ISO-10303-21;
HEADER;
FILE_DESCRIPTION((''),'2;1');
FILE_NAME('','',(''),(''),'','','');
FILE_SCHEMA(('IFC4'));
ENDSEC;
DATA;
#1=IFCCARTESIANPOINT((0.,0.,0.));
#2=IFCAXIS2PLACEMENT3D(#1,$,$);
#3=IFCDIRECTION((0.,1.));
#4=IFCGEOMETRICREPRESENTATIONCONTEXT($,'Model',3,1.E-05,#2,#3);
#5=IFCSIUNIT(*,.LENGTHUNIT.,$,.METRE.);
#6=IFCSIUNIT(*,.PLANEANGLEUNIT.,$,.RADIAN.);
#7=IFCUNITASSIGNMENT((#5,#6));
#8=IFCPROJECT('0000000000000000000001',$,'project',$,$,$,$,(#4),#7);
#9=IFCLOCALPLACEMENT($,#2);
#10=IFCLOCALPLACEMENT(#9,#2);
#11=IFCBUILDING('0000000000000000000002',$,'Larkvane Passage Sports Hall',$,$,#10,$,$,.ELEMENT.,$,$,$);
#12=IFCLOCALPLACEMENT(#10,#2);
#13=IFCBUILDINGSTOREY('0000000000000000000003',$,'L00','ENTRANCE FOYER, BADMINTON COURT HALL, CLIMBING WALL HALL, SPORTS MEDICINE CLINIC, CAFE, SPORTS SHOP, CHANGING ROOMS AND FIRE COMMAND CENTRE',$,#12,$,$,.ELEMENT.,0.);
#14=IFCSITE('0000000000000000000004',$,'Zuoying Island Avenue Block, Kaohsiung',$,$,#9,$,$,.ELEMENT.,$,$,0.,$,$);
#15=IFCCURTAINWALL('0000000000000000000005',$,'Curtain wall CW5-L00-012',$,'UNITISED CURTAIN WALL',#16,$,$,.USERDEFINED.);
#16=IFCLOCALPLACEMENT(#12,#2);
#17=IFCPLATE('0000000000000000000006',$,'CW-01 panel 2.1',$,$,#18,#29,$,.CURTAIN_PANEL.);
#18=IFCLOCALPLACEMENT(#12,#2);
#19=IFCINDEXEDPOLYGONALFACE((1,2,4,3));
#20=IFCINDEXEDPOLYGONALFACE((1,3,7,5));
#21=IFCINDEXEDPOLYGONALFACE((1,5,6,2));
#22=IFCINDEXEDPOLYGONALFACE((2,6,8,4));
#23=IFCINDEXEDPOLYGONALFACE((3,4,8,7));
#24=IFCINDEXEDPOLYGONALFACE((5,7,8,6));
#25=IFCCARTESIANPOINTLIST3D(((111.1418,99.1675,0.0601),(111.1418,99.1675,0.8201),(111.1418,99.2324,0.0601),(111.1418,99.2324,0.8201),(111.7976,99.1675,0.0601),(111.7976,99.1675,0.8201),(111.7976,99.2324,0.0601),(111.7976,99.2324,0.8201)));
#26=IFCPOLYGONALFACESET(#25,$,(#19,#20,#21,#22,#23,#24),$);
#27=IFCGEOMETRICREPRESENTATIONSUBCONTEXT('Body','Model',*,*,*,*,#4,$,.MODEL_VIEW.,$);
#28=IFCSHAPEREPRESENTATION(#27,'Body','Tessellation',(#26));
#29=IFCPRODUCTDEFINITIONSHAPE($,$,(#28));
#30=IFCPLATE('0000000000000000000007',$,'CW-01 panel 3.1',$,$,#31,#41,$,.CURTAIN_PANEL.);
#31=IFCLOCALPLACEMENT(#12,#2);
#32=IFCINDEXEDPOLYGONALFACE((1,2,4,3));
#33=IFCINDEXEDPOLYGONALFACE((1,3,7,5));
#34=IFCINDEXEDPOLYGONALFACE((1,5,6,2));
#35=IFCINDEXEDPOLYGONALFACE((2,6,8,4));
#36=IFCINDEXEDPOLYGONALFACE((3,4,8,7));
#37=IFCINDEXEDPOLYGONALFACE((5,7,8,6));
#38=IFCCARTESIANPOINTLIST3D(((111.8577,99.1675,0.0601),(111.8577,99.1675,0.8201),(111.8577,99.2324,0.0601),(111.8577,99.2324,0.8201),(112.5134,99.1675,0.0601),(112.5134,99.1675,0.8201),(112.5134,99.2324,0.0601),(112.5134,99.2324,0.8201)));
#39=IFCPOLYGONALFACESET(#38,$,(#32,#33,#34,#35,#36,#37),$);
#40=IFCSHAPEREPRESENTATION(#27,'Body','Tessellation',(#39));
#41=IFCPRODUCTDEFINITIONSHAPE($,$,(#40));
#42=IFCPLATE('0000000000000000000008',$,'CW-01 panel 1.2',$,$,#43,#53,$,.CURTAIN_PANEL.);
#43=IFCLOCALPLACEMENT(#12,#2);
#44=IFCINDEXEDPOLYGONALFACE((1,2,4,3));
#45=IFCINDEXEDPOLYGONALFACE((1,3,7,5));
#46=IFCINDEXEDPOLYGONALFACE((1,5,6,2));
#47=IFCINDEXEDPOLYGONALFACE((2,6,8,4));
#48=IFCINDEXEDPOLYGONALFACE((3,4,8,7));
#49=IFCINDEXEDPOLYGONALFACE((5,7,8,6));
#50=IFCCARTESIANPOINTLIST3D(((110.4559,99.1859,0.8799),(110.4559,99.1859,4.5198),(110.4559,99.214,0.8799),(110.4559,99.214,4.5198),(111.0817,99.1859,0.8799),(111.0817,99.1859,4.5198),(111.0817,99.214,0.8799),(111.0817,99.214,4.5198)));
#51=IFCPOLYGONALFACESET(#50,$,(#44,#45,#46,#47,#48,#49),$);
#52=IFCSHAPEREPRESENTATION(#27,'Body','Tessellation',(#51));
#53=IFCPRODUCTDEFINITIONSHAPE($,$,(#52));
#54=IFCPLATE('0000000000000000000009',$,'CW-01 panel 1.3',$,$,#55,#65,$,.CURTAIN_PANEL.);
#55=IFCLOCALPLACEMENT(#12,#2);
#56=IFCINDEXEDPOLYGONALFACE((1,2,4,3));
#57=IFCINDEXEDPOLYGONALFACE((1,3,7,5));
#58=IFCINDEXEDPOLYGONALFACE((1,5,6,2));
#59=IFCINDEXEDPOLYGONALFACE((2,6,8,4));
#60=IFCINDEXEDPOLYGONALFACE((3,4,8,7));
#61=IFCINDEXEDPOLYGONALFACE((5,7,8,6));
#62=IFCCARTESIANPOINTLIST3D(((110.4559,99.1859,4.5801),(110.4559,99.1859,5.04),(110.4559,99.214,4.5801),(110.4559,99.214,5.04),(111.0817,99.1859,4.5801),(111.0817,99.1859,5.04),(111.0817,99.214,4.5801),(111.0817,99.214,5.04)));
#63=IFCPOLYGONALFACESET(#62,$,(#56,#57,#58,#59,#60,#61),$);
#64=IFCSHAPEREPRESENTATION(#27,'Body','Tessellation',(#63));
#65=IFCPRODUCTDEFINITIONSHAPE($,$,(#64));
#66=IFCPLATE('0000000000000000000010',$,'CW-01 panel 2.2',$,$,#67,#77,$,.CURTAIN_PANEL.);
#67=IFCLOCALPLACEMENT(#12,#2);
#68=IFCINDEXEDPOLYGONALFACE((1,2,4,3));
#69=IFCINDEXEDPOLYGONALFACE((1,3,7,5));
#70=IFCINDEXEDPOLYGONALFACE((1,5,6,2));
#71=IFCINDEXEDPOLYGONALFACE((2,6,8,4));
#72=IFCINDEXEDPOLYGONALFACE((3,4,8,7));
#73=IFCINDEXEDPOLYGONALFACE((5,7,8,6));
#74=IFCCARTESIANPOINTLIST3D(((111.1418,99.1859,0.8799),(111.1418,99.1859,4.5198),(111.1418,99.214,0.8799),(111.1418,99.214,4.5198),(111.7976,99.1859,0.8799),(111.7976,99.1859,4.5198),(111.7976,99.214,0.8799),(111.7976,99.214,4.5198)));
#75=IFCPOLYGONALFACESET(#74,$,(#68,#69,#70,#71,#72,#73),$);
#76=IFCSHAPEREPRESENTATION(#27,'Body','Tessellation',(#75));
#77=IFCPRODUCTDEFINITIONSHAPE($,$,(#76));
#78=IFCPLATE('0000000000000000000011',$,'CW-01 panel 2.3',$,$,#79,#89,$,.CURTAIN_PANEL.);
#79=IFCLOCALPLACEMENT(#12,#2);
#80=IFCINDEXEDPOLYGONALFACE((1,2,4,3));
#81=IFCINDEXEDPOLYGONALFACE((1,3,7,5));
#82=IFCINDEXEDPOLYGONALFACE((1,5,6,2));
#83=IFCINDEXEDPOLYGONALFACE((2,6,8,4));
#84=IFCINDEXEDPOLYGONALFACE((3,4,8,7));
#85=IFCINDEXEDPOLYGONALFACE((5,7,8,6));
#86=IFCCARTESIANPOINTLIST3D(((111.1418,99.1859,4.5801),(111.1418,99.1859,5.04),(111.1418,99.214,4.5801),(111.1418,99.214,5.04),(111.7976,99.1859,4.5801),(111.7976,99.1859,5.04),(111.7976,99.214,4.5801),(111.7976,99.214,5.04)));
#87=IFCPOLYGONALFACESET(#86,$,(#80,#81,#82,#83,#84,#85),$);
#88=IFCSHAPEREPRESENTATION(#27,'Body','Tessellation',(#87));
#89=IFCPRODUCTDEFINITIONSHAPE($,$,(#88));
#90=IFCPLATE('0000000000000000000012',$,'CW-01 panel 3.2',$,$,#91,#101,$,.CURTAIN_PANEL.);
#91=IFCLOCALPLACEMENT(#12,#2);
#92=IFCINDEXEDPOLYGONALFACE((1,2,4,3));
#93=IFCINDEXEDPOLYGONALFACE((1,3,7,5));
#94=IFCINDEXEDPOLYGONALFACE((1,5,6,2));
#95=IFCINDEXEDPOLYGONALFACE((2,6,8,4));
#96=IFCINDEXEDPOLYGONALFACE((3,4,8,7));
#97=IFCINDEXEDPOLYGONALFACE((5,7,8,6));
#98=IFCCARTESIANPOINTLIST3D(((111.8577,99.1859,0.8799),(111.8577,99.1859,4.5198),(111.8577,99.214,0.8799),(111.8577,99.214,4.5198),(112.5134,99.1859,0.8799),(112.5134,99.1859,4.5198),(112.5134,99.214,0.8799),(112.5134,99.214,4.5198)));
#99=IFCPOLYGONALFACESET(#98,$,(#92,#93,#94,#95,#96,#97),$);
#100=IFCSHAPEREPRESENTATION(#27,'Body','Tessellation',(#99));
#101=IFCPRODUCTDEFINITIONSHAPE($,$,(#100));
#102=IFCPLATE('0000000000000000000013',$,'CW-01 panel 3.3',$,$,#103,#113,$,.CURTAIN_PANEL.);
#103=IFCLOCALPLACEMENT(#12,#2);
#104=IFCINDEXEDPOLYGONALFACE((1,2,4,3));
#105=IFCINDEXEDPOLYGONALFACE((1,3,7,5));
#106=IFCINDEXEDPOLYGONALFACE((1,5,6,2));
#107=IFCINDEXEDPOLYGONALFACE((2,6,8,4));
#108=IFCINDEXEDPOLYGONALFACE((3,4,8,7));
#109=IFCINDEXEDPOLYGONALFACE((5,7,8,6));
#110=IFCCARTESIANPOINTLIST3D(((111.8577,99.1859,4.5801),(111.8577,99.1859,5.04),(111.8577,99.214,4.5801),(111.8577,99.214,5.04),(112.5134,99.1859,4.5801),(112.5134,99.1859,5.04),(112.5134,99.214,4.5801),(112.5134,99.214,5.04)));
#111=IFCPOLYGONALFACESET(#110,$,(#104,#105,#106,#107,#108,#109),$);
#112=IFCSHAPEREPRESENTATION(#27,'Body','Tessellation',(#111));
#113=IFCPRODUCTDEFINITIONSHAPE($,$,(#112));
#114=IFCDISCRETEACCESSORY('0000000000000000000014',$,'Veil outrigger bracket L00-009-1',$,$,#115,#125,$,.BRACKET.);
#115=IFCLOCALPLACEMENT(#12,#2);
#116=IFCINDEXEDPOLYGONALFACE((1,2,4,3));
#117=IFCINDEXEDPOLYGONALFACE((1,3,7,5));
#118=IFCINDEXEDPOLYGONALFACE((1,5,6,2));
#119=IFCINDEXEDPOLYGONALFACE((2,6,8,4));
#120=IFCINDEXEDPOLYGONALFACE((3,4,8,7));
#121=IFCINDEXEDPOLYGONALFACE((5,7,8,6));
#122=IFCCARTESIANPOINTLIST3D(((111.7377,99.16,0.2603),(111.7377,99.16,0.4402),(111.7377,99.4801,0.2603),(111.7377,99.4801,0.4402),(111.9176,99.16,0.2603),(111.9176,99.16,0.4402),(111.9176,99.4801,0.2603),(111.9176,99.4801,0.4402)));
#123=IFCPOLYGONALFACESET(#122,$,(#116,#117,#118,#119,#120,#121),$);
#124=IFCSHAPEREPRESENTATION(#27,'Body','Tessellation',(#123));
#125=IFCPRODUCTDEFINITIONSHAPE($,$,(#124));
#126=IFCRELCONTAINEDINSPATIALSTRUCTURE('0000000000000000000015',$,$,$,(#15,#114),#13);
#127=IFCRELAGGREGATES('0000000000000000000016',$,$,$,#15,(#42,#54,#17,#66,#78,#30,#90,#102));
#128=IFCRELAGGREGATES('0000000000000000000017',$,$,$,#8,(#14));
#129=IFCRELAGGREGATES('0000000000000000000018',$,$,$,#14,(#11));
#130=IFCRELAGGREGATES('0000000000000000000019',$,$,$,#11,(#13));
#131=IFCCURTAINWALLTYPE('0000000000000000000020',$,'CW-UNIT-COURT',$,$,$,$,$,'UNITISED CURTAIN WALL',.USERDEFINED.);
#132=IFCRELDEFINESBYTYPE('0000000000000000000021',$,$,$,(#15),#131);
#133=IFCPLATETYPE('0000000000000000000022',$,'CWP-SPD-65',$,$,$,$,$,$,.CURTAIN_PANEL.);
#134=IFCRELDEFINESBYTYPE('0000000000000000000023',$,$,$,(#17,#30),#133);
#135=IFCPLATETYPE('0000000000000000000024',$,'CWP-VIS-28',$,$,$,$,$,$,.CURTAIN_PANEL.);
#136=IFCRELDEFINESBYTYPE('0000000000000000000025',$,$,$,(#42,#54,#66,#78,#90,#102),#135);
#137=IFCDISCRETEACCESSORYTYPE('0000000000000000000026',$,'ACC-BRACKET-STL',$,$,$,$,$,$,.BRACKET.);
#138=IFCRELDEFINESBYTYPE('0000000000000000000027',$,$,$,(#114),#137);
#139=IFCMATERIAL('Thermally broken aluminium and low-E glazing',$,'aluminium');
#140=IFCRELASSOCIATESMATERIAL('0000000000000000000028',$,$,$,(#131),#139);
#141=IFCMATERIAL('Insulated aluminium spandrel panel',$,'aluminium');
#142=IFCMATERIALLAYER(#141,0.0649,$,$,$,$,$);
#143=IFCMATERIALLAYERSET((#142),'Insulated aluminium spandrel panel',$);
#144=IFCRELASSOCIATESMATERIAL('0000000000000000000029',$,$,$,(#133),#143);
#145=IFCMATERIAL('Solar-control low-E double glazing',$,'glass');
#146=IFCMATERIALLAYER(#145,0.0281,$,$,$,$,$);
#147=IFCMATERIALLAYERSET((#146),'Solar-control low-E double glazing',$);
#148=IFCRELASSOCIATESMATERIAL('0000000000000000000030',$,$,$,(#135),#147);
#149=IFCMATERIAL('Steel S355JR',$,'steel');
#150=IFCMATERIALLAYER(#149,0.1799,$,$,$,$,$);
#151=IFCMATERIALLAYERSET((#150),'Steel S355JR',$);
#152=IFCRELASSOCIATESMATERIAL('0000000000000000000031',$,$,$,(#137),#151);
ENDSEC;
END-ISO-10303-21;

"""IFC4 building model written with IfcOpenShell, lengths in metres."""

from ifc_helpers import new_model, si_unit, direction, frame, origin, origin_2d, place, context, subcontext, project, spatial, rectangle, extrude, material, layer, layer_set, type_object, element, aggregate, save


model = new_model("IFC4")

# Units and contexts
model_context = context("Model", 3, precision=1e-05, world=origin(), true_north=direction((0.0, 1.0)))
body_context = subcontext(model_context, "Body", "Model", "MODEL_VIEW")
ifc_project = project(units=[si_unit("LENGTHUNIT", "METRE"), si_unit("PLANEANGLEUNIT", "RADIAN")], contexts=[model_context])

# Site, building, storey
site_placement = place(None, origin())
site = spatial("IfcSite", under=ifc_project, at=site_placement, Name="Zuoying Island Avenue Block, Kaohsiung", CompositionType="ELEMENT", RefElevation=0.0)
building_placement = place(site_placement, origin())
building = spatial("IfcBuilding", under=site, at=building_placement, Name="Larkvane Passage Sports Hall", CompositionType="ELEMENT")
storey_placement = place(building_placement, origin())
storey = spatial("IfcBuildingStorey", under=building, at=storey_placement, Name="L00", Description="ENTRANCE FOYER, BADMINTON COURT HALL, CLIMBING WALL HALL, SPORTS MEDICINE CLINIC, CAFE, SPORTS SHOP, CHANGING ROOMS AND FIRE COMMAND CENTRE", CompositionType="ELEMENT", Elevation=0.0)

# Curtain wall, plates
ifc_material_1 = material(Name="Thermally broken aluminium and low-E glazing", Category="aluminium")
curtain_wall_type = type_object("IfcCurtainWallType", Name="CW-UNIT-COURT", ElementType="UNITISED CURTAIN WALL", PredefinedType="USERDEFINED", material=ifc_material_1)
curtain_wall_placement = place(storey_placement, origin())
curtain_wall = element("IfcCurtainWall", 1, at=curtain_wall_placement, inside=storey, type_object=curtain_wall_type, Name="Curtain wall CW5-L00-012", ObjectType="UNITISED CURTAIN WALL", PredefinedType="USERDEFINED")
ifc_material_2 = material(Name="Insulated aluminium spandrel panel", Category="aluminium")
ifc_layer_1 = layer(ifc_material_2, 0.0649)
ifc_layer_set_1 = layer_set([ifc_layer_1], Name="Insulated aluminium spandrel panel")
plate_type_1 = type_object("IfcPlateType", Name="CWP-SPD-65", PredefinedType="CURTAIN_PANEL", material=ifc_layer_set_1)
plate_1_placement = place(storey_placement, frame((111.4697, 99.2, 0.0601), z_axis=(0.0, 0.0, 1.0), x_axis=(1.0, 0.0, 0.0)))
plate_1 = element("IfcPlate", 2, at=plate_1_placement, type_object=plate_type_1, Name="CW-01 panel 2.1", PredefinedType="CURTAIN_PANEL", context=body_context, shape_type="SweptSolid", body=[
    extrude(rectangle(XDim=0.6558, YDim=0.0649, at=origin_2d()), origin(), (0.0, 0.0, 1.0), 0.76),
])
plate_2_placement = place(storey_placement, frame((112.1855, 99.2, 0.0601), z_axis=(0.0, 0.0, 1.0), x_axis=(1.0, 0.0, 0.0)))
plate_2 = element("IfcPlate", 3, at=plate_2_placement, type_object=plate_type_1, Name="CW-01 panel 3.1", PredefinedType="CURTAIN_PANEL", context=body_context, shape_type="SweptSolid", body=[
    extrude(rectangle(XDim=0.6558, YDim=0.0649, at=origin_2d()), origin(), (0.0, 0.0, 1.0), 0.76),
])
ifc_material_3 = material(Name="Solar-control low-E double glazing", Category="glass")
ifc_layer_2 = layer(ifc_material_3, 0.0281)
ifc_layer_set_2 = layer_set([ifc_layer_2], Name="Solar-control low-E double glazing")
plate_type_2 = type_object("IfcPlateType", Name="CWP-VIS-28", PredefinedType="CURTAIN_PANEL", material=ifc_layer_set_2)
plate_3_placement = place(storey_placement, frame((110.7688, 99.2, 0.8799), z_axis=(0.0, 0.0, 1.0), x_axis=(1.0, 0.0, 0.0)))
plate_3 = element("IfcPlate", 4, at=plate_3_placement, type_object=plate_type_2, Name="CW-01 panel 1.2", PredefinedType="CURTAIN_PANEL", context=body_context, shape_type="SweptSolid", body=[
    extrude(rectangle(XDim=0.6257, YDim=0.0281, at=origin_2d()), origin(), (0.0, 0.0, 1.0), 3.6399),
])
plate_4_placement = place(storey_placement, frame((110.7688, 99.2, 4.5801), z_axis=(0.0, 0.0, 1.0), x_axis=(1.0, 0.0, 0.0)))
plate_4 = element("IfcPlate", 5, at=plate_4_placement, type_object=plate_type_2, Name="CW-01 panel 1.3", PredefinedType="CURTAIN_PANEL", context=body_context, shape_type="SweptSolid", body=[
    extrude(rectangle(XDim=0.6257, YDim=0.0281, at=origin_2d()), origin(), (0.0, 0.0, 1.0), 0.46),
])
plate_5_placement = place(storey_placement, frame((111.4697, 99.2, 0.8799), z_axis=(0.0, 0.0, 1.0), x_axis=(1.0, 0.0, 0.0)))
plate_5 = element("IfcPlate", 6, at=plate_5_placement, type_object=plate_type_2, Name="CW-01 panel 2.2", PredefinedType="CURTAIN_PANEL", context=body_context, shape_type="SweptSolid", body=[
    extrude(rectangle(XDim=0.6558, YDim=0.0281, at=origin_2d()), origin(), (0.0, 0.0, 1.0), 3.6399),
])
plate_6_placement = place(storey_placement, frame((111.4697, 99.2, 4.5801), z_axis=(0.0, 0.0, 1.0), x_axis=(1.0, 0.0, 0.0)))
plate_6 = element("IfcPlate", 7, at=plate_6_placement, type_object=plate_type_2, Name="CW-01 panel 2.3", PredefinedType="CURTAIN_PANEL", context=body_context, shape_type="SweptSolid", body=[
    extrude(rectangle(XDim=0.6558, YDim=0.0281, at=origin_2d()), origin(), (0.0, 0.0, 1.0), 0.46),
])
plate_7_placement = place(storey_placement, frame((112.1855, 99.2, 0.8799), z_axis=(0.0, 0.0, 1.0), x_axis=(1.0, 0.0, 0.0)))
plate_7 = element("IfcPlate", 8, at=plate_7_placement, type_object=plate_type_2, Name="CW-01 panel 3.2", PredefinedType="CURTAIN_PANEL", context=body_context, shape_type="SweptSolid", body=[
    extrude(rectangle(XDim=0.6558, YDim=0.0281, at=origin_2d()), origin(), (0.0, 0.0, 1.0), 3.6399),
])
plate_8_placement = place(storey_placement, frame((112.1855, 99.2, 4.5801), z_axis=(0.0, 0.0, 1.0), x_axis=(1.0, 0.0, 0.0)))
plate_8 = element("IfcPlate", 9, at=plate_8_placement, type_object=plate_type_2, Name="CW-01 panel 3.3", PredefinedType="CURTAIN_PANEL", context=body_context, shape_type="SweptSolid", body=[
    extrude(rectangle(XDim=0.6558, YDim=0.0281, at=origin_2d()), origin(), (0.0, 0.0, 1.0), 0.46),
])
aggregate(curtain_wall, [plate_3, plate_4, plate_1, plate_5, plate_6, plate_2, plate_7, plate_8])

# Discrete accessory
ifc_material_4 = material(Name="Steel S355JR", Category="steel")
ifc_layer_3 = layer(ifc_material_4, 0.1799)
ifc_layer_set_3 = layer_set([ifc_layer_3], Name="Steel S355JR")
discrete_accessory_type = type_object("IfcDiscreteAccessoryType", Name="ACC-BRACKET-STL", PredefinedType="BRACKET", material=ifc_layer_set_3)
discrete_accessory_placement = place(storey_placement, frame((111.8276, 99.3201, 0.2603), z_axis=(0.0, 0.0, 1.0), x_axis=(1.0, 0.0, 0.0)))
element("IfcDiscreteAccessory", 10, at=discrete_accessory_placement, inside=storey, type_object=discrete_accessory_type, Name="Veil outrigger bracket L00-009-1", PredefinedType="BRACKET", context=body_context, shape_type="SweptSolid", body=[
    extrude(rectangle(XDim=0.1799, YDim=0.3201, at=origin_2d()), origin(), (0.0, 0.0, 1.0), 0.1799),
])

save(model, "model.ifc")
